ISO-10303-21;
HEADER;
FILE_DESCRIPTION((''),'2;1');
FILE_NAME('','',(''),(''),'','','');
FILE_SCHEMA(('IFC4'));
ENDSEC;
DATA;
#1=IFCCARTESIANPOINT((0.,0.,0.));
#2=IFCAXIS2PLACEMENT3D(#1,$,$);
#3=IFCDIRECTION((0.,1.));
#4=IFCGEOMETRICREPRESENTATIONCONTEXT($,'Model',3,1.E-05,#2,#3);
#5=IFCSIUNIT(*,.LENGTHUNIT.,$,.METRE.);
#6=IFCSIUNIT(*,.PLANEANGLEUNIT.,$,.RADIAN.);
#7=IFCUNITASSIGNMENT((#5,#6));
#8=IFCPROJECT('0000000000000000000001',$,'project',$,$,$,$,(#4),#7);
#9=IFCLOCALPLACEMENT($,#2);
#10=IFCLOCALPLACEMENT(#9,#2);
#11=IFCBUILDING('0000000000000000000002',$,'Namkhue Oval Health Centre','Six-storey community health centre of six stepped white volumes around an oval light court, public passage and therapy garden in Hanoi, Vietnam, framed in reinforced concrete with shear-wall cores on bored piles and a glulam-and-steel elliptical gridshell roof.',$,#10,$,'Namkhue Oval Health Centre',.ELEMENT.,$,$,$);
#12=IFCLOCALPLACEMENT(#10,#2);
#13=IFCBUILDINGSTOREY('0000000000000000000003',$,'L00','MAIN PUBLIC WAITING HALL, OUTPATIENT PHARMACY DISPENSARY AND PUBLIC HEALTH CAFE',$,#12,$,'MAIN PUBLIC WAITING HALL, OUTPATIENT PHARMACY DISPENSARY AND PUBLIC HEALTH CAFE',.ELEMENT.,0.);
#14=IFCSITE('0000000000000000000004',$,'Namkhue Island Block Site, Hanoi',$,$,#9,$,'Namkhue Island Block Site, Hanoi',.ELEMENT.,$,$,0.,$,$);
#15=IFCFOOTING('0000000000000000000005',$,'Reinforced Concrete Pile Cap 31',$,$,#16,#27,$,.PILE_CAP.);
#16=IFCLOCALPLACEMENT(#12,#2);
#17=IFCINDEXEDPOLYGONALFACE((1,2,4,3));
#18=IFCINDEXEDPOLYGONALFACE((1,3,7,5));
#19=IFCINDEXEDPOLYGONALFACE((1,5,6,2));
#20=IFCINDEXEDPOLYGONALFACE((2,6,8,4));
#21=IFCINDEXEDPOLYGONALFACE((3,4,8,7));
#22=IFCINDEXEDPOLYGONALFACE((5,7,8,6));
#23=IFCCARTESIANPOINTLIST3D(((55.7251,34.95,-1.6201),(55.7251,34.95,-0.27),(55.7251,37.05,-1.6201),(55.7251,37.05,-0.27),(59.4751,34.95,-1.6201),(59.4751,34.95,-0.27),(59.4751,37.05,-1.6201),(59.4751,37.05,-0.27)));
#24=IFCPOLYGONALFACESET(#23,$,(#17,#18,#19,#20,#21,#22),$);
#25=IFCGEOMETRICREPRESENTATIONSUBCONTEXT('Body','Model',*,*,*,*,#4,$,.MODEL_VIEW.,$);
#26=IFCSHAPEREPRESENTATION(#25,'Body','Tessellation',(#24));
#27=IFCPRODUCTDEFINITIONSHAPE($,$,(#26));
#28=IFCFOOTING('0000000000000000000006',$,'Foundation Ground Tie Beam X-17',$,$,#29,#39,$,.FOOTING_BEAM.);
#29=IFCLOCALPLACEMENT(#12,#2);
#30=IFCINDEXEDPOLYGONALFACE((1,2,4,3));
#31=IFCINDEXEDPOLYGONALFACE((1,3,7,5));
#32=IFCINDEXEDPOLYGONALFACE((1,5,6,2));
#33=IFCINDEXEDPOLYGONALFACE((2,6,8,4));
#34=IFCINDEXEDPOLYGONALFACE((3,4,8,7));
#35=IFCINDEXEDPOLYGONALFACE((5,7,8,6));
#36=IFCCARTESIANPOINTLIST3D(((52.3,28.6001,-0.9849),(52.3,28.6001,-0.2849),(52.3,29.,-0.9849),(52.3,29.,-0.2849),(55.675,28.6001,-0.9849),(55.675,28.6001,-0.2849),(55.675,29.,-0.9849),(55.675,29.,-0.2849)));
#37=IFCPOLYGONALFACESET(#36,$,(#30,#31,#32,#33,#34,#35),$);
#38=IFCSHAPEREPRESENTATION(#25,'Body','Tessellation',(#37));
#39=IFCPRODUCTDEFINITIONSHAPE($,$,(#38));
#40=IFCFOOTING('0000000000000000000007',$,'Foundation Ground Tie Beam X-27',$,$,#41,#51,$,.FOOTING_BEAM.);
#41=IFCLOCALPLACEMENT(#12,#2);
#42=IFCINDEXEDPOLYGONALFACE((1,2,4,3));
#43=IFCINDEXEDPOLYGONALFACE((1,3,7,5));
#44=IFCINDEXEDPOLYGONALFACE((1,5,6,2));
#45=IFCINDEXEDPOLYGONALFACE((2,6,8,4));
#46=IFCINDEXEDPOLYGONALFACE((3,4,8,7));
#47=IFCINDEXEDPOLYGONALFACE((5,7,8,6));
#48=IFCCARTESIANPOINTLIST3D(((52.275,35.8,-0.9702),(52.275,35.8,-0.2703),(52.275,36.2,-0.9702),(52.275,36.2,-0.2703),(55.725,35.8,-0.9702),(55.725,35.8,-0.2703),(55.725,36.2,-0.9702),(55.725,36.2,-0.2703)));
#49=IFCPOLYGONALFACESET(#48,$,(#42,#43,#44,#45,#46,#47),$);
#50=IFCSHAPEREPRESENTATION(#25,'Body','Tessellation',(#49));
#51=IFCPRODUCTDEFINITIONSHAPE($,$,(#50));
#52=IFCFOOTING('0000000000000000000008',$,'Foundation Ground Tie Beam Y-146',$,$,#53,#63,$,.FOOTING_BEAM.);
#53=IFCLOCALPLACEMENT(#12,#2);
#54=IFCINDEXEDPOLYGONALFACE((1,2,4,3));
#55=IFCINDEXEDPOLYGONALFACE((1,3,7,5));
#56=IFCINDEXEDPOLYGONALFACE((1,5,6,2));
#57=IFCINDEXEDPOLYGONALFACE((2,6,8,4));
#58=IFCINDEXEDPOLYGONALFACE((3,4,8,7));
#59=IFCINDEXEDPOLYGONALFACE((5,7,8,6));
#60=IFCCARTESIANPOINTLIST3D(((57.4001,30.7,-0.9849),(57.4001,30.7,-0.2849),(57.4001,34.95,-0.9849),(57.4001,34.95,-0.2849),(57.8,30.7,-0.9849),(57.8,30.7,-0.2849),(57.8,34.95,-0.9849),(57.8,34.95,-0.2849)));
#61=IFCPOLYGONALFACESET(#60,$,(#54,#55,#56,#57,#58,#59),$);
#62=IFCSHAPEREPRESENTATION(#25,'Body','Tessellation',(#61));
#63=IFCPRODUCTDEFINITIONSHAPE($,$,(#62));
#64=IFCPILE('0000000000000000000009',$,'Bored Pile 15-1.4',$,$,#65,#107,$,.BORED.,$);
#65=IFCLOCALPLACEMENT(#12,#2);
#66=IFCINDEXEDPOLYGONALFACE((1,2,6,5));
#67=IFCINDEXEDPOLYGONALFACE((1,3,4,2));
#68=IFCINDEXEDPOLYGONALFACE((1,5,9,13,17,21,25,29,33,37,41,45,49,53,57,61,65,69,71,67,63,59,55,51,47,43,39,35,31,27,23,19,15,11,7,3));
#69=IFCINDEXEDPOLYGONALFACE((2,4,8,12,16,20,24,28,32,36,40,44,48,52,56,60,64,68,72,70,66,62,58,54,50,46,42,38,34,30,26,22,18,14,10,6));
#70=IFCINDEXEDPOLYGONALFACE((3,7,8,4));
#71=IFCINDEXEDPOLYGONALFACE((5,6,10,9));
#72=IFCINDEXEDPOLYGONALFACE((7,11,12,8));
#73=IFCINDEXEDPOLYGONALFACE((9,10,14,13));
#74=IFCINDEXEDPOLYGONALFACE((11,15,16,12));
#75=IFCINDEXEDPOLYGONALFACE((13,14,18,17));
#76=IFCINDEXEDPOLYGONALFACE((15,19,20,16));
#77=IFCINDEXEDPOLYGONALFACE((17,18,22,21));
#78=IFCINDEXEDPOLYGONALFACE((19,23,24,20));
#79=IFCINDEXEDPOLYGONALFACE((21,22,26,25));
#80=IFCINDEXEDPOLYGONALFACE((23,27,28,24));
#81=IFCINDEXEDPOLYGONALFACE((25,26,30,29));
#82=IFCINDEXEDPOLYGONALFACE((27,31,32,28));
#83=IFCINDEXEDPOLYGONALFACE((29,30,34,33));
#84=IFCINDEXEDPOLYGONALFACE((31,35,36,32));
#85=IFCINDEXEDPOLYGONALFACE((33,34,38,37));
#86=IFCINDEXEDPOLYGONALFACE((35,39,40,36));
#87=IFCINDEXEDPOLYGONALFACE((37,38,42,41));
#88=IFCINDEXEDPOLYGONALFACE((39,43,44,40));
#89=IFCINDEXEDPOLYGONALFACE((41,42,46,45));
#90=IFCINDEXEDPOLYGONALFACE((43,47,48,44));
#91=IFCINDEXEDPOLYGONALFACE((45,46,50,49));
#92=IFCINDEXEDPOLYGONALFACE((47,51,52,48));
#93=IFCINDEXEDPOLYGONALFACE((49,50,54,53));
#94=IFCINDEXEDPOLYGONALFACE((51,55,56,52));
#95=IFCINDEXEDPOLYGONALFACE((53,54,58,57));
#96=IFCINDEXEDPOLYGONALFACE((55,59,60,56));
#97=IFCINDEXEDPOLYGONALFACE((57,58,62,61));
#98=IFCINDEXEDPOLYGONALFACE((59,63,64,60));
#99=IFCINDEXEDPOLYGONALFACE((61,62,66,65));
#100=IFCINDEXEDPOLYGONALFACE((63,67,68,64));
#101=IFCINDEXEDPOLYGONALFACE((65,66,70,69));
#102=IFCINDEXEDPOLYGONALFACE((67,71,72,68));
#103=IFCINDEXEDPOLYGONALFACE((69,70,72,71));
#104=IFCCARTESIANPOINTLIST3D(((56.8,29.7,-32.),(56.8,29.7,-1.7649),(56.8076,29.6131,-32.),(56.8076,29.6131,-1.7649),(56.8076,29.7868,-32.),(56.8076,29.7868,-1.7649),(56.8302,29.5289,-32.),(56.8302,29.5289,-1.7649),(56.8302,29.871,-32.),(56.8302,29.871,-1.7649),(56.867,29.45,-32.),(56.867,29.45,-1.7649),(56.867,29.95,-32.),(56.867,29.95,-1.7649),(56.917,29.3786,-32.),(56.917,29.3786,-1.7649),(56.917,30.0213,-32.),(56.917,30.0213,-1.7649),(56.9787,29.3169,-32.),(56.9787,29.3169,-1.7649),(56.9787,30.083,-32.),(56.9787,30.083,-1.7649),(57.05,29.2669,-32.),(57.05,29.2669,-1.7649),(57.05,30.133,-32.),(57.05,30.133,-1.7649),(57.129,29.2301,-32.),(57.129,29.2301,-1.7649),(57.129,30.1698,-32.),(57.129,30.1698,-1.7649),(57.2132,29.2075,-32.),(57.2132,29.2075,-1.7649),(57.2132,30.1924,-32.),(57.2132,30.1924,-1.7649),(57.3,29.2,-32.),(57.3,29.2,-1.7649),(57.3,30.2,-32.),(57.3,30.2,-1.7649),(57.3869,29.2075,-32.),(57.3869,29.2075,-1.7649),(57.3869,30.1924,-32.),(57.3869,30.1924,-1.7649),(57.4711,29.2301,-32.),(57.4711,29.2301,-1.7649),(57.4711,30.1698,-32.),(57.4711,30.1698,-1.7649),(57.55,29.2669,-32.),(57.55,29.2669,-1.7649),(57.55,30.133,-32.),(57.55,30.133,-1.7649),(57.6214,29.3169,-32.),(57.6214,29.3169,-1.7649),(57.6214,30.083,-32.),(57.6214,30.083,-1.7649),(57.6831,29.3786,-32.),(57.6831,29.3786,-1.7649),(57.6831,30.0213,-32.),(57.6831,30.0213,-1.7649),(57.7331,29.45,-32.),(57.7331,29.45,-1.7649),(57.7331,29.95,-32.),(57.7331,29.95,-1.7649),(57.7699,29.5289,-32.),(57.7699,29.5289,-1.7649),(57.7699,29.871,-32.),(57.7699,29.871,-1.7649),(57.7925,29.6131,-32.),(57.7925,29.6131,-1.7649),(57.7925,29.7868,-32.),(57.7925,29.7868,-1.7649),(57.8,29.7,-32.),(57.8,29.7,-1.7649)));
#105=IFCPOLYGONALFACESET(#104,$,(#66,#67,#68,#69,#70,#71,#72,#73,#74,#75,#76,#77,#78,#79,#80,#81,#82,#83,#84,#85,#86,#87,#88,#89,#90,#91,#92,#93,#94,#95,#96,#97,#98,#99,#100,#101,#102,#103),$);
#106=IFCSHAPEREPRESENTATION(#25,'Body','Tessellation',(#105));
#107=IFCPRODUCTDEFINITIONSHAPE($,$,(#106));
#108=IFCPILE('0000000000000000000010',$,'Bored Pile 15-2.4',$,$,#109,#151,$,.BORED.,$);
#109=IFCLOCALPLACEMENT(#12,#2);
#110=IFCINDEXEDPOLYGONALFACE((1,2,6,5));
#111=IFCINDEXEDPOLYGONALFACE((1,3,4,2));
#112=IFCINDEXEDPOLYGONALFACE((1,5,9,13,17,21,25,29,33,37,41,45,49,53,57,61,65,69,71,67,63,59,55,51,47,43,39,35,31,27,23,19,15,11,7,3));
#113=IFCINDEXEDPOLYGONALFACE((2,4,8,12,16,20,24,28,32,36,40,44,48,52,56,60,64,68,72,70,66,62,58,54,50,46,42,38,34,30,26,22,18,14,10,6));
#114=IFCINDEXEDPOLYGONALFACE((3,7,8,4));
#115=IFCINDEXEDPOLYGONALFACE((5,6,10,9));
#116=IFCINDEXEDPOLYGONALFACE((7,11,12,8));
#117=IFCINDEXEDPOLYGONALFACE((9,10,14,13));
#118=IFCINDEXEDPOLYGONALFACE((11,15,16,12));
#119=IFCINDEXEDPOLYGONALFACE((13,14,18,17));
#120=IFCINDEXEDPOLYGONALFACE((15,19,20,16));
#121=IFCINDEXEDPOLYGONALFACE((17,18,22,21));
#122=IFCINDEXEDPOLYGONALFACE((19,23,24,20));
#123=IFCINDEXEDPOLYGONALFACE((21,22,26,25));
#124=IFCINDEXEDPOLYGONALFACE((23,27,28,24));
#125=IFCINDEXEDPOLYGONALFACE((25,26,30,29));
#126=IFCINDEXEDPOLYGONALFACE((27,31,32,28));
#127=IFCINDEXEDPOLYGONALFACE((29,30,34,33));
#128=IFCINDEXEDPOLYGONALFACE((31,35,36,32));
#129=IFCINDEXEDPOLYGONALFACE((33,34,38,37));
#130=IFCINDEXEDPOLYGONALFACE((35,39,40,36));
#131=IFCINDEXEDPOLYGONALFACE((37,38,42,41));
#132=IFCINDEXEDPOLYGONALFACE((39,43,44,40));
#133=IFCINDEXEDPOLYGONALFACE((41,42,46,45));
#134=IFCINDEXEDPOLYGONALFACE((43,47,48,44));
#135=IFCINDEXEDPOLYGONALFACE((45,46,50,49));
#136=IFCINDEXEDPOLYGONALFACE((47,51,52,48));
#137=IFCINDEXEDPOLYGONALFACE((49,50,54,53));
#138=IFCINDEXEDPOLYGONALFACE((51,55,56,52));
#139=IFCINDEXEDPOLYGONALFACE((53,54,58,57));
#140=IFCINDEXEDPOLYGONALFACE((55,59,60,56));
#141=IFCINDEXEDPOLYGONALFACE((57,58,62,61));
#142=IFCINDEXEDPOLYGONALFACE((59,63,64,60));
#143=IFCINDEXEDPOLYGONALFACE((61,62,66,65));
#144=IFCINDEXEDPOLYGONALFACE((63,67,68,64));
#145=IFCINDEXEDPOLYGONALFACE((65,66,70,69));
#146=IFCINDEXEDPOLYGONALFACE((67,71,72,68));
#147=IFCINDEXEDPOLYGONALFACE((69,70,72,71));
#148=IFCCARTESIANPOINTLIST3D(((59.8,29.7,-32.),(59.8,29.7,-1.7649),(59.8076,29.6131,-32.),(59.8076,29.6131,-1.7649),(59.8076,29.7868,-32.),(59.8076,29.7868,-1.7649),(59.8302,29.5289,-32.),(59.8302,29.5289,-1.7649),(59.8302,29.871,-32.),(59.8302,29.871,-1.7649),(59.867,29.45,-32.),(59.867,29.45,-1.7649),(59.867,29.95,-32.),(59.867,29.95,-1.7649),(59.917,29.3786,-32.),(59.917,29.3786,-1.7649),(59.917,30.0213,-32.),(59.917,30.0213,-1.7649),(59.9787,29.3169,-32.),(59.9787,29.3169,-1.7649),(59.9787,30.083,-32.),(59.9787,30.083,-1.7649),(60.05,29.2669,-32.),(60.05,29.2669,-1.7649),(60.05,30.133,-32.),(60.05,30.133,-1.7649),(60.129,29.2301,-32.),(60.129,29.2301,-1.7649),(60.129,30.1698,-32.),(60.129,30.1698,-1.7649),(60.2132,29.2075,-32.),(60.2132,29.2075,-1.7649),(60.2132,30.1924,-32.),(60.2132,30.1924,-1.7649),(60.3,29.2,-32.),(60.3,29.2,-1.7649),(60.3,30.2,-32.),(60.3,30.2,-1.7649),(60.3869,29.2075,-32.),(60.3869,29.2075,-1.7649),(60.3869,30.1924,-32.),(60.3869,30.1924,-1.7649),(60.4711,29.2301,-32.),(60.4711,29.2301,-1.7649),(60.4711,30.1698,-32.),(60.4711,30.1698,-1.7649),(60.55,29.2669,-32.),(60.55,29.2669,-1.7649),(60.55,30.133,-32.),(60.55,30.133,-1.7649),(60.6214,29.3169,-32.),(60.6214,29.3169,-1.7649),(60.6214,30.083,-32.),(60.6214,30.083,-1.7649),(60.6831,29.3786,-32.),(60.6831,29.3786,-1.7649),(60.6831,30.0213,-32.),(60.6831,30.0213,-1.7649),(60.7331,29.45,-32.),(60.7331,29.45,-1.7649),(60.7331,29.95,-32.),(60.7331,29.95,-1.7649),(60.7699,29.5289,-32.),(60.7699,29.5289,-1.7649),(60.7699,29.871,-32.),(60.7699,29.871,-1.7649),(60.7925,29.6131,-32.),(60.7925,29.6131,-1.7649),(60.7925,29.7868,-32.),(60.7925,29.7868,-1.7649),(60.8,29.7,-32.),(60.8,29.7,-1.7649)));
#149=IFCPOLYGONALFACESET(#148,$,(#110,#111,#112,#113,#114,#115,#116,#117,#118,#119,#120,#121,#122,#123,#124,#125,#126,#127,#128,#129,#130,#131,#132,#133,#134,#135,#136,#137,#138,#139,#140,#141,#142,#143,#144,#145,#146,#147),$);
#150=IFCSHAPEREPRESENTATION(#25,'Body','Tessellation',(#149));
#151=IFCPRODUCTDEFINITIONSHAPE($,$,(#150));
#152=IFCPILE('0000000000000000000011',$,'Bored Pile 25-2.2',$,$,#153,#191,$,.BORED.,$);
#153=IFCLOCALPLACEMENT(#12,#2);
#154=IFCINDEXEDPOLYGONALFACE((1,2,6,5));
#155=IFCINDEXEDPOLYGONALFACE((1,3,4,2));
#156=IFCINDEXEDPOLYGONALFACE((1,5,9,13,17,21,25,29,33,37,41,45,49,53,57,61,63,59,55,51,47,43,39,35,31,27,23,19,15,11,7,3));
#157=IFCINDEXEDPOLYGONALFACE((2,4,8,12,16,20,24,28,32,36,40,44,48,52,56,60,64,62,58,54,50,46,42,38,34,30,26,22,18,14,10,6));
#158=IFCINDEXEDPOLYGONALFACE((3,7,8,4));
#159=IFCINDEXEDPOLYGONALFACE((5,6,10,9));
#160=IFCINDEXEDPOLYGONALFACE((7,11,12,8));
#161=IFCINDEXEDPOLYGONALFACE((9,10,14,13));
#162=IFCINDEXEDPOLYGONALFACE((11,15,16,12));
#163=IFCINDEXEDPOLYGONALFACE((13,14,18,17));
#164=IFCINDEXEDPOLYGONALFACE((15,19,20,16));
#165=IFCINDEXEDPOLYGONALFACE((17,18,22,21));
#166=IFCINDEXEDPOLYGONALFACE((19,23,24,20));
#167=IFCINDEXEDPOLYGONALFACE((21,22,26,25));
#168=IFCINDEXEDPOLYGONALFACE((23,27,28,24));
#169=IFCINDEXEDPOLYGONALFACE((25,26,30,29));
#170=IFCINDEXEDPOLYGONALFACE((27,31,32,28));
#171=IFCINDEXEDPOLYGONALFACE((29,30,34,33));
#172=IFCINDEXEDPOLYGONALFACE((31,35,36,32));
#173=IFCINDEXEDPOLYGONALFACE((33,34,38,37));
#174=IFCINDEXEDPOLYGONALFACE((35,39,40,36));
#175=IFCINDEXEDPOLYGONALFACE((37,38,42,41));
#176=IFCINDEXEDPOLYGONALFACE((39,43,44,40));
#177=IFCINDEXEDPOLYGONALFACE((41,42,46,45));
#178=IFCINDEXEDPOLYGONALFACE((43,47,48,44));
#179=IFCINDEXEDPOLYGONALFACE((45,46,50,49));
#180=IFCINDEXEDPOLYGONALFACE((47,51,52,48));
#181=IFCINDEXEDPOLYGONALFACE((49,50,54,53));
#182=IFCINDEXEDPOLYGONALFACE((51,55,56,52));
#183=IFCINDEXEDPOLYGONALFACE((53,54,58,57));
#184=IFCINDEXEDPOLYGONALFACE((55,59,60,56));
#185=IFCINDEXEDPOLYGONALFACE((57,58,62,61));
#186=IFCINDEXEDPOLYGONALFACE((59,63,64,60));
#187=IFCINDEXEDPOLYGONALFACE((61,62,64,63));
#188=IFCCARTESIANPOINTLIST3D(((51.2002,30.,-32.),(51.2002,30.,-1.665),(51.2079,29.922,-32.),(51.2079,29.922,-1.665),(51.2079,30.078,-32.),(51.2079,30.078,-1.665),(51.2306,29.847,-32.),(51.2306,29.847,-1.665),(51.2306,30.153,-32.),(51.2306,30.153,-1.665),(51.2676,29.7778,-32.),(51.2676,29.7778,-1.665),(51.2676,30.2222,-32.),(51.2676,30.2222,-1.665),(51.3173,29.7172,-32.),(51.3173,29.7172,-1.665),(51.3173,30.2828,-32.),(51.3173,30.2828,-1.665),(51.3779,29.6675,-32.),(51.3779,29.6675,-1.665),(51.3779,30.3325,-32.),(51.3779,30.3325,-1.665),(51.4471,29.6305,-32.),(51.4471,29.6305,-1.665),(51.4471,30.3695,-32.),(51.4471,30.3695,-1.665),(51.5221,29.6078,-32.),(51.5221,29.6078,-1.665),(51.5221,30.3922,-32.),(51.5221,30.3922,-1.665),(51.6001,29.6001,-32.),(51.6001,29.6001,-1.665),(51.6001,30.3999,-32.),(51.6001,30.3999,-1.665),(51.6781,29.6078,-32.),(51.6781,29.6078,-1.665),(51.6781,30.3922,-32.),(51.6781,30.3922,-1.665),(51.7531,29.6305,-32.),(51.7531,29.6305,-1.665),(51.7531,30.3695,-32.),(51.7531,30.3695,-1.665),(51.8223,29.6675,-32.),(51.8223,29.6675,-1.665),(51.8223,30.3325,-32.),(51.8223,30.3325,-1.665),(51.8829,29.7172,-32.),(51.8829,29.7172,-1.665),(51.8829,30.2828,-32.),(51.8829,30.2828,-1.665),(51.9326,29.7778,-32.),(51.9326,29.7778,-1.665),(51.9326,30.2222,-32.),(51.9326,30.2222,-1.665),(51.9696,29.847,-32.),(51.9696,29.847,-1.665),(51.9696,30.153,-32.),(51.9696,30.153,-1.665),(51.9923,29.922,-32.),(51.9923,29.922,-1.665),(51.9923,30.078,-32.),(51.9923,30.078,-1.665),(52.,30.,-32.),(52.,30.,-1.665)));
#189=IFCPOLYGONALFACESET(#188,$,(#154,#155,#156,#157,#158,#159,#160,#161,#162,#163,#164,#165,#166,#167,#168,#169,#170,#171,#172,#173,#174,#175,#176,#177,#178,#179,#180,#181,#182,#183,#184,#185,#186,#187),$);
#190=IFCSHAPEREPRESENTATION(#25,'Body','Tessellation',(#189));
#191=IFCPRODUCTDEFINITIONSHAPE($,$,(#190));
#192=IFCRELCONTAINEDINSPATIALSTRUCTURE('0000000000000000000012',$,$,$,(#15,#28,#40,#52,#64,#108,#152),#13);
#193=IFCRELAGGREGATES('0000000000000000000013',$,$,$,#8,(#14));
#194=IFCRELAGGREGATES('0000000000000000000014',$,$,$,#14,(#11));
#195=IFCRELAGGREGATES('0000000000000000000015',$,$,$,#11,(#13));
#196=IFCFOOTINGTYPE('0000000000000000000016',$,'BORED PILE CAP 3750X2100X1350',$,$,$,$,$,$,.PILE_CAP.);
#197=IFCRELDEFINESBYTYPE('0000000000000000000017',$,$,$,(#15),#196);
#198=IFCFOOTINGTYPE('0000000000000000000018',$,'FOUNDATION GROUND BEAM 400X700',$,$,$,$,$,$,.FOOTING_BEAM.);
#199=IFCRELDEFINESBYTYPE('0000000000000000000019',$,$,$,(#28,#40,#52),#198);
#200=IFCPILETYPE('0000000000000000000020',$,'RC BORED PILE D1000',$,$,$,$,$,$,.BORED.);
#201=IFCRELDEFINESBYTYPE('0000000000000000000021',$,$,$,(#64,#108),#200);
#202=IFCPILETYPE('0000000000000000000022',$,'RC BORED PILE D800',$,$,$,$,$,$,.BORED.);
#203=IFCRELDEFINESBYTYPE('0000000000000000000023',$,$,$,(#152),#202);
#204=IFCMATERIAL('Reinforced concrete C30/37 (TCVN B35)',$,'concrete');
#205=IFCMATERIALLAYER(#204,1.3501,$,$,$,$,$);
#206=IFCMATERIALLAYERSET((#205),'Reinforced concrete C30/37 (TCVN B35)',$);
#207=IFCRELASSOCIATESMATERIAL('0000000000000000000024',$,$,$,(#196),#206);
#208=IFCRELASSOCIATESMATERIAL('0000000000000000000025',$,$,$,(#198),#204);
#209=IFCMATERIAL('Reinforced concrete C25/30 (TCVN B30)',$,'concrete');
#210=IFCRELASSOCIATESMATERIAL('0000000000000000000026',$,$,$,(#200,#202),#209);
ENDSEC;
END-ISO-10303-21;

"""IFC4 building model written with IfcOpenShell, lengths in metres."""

from ifc_helpers import new_model, si_unit, direction, frame, origin, origin_2d, place, context, subcontext, project, spatial, rectangle, circle, extrude, material, layer, layer_set, material_profile, profile_set, type_object, element, save


model = new_model("IFC4")

# Units and contexts
model_context = context("Model", 3, precision=1e-05, world=origin(), true_north=direction((0.0, 1.0)))
body_context = subcontext(model_context, "Body", "Model", "MODEL_VIEW")
ifc_project = project(units=[si_unit("LENGTHUNIT", "METRE"), si_unit("PLANEANGLEUNIT", "RADIAN")], contexts=[model_context])

# Site, building, storey
site_placement = place(None, origin())
site = spatial("IfcSite", under=ifc_project, at=site_placement, Name="Namkhue Island Block Site, Hanoi", LongName="Namkhue Island Block Site, Hanoi", CompositionType="ELEMENT", RefElevation=0.0)
building_placement = place(site_placement, origin())
building = spatial("IfcBuilding", under=site, at=building_placement, Name="Namkhue Oval Health Centre", Description="Six-storey community health centre of six stepped white volumes around an oval light court, public passage and therapy garden in Hanoi, Vietnam, framed in reinforced concrete with shear-wall cores on bored piles and a glulam-and-steel elliptical gridshell roof.", LongName="Namkhue Oval Health Centre", CompositionType="ELEMENT")
storey_placement = place(building_placement, origin())
storey = spatial("IfcBuildingStorey", under=building, at=storey_placement, Name="L00", Description="MAIN PUBLIC WAITING HALL, OUTPATIENT PHARMACY DISPENSARY AND PUBLIC HEALTH CAFE", LongName="MAIN PUBLIC WAITING HALL, OUTPATIENT PHARMACY DISPENSARY AND PUBLIC HEALTH CAFE", CompositionType="ELEMENT", Elevation=0.0)

# Footings
ifc_material_1 = material(Name="Reinforced concrete C30/37 (TCVN B35)", Category="concrete")
ifc_layer_1 = layer(ifc_material_1, 1.3501)
ifc_layer_set_1 = layer_set([ifc_layer_1], Name="Reinforced concrete C30/37 (TCVN B35)")
footing_type_1 = type_object("IfcFootingType", Name="BORED PILE CAP 3750X2100X1350", PredefinedType="PILE_CAP", material=ifc_layer_set_1)
footing_1_placement = place(storey_placement, frame((57.6001, 36.0, -1.6201), z_axis=(0.0, 0.0, 1.0), x_axis=(1.0, 0.0, 0.0)))
element("IfcFooting", 1, at=footing_1_placement, inside=storey, type_object=footing_type_1, Name="Reinforced Concrete Pile Cap 31", PredefinedType="PILE_CAP", context=body_context, shape_type="SweptSolid", body=[
    extrude(rectangle(XDim=3.75, YDim=2.1001, at=origin_2d()), origin(), (0.0, 0.0, 1.0), 1.3501),
])
footing_type_2 = type_object("IfcFootingType", Name="FOUNDATION GROUND BEAM 400X700", PredefinedType="FOOTING_BEAM", material=ifc_material_1)
footing_2_placement = place(storey_placement, frame((53.9875, 28.8, -0.9849), z_axis=(0.0, 0.0, 1.0), x_axis=(1.0, 0.0, 0.0)))
element("IfcFooting", 2, at=footing_2_placement, inside=storey, type_object=footing_type_2, Name="Foundation Ground Tie Beam X-17", PredefinedType="FOOTING_BEAM", context=body_context, shape_type="SweptSolid", body=[
    extrude(rectangle(XDim=3.375, YDim=0.3999, at=origin_2d()), origin(), (0.0, 0.0, 1.0), 0.7),
])
footing_3_placement = place(storey_placement, frame((54.0, 36.0, -0.9702), z_axis=(0.0, 0.0, 1.0), x_axis=(1.0, 0.0, 0.0)))
element("IfcFooting", 3, at=footing_3_placement, inside=storey, type_object=footing_type_2, Name="Foundation Ground Tie Beam X-27", PredefinedType="FOOTING_BEAM", context=body_context, shape_type="SweptSolid", body=[
    extrude(rectangle(XDim=3.45, YDim=0.3999, at=origin_2d()), origin(), (0.0, 0.0, 1.0), 0.7),
])
footing_4_placement = place(storey_placement, frame((57.6001, 32.825, -0.9849), z_axis=(0.0, 0.0, 1.0), x_axis=(0.0, 1.0, 0.0)))
element("IfcFooting", 4, at=footing_4_placement, inside=storey, type_object=footing_type_2, Name="Foundation Ground Tie Beam Y-146", PredefinedType="FOOTING_BEAM", context=body_context, shape_type="SweptSolid", body=[
    extrude(rectangle(XDim=4.25, YDim=0.3999, at=origin_2d()), origin(), (0.0, 0.0, 1.0), 0.7),
])

# Piles
ifc_material_2 = material(Name="Reinforced concrete C25/30 (TCVN B30)", Category="concrete")
ifc_material_profile_1 = material_profile(ifc_material_2, circle(Radius=0.5, at=origin_2d()), Name="BORED PILE D1000")
ifc_profile_set_1 = profile_set([ifc_material_profile_1], Name="Reinforced concrete C25/30 (TCVN B30)")
pile_type_1 = type_object("IfcPileType", Name="RC BORED PILE D1000", PredefinedType="BORED", material=ifc_profile_set_1)
for number, where, z_axis, x_axis, name in (
    (5, (57.3, 29.7, -1.7649), (0.0, 0.0, -1.0), (1.0, 0.0, 0.0), "Bored Pile 15-1.4"),
    (6, (60.3, 29.7, -1.7649), (0.0, 0.0, -1.0), (1.0, 0.0, 0.0), "Bored Pile 15-2.4"),
):
    element("IfcPile", number, at=place(storey_placement, frame(where, z_axis=z_axis, x_axis=x_axis)), inside=storey, type_object=pile_type_1, Name=name, PredefinedType="BORED", context=body_context, shape_type="SweptSolid", body=[
        extrude(circle(Radius=0.5, at=origin_2d()), origin(), (0.0, 0.0, 1.0), 30.2351),
    ])
ifc_material_profile_2 = material_profile(ifc_material_2, circle(Radius=0.3999, at=origin_2d()), Name="BORED PILE D800")
ifc_profile_set_2 = profile_set([ifc_material_profile_2], Name="Reinforced concrete C25/30 (TCVN B30)")
pile_type_2 = type_object("IfcPileType", Name="RC BORED PILE D800", PredefinedType="BORED", material=ifc_profile_set_2)
pile_placement = place(storey_placement, frame((51.6001, 30.0, -1.665), z_axis=(0.0, 0.0, -1.0), x_axis=(1.0, 0.0, 0.0)))
element("IfcPile", 7, at=pile_placement, inside=storey, type_object=pile_type_2, Name="Bored Pile 25-2.2", PredefinedType="BORED", context=body_context, shape_type="SweptSolid", body=[
    extrude(circle(Radius=0.3999, at=origin_2d()), origin(), (0.0, 0.0, 1.0), 30.335),
])

save(model, "model.ifc")
